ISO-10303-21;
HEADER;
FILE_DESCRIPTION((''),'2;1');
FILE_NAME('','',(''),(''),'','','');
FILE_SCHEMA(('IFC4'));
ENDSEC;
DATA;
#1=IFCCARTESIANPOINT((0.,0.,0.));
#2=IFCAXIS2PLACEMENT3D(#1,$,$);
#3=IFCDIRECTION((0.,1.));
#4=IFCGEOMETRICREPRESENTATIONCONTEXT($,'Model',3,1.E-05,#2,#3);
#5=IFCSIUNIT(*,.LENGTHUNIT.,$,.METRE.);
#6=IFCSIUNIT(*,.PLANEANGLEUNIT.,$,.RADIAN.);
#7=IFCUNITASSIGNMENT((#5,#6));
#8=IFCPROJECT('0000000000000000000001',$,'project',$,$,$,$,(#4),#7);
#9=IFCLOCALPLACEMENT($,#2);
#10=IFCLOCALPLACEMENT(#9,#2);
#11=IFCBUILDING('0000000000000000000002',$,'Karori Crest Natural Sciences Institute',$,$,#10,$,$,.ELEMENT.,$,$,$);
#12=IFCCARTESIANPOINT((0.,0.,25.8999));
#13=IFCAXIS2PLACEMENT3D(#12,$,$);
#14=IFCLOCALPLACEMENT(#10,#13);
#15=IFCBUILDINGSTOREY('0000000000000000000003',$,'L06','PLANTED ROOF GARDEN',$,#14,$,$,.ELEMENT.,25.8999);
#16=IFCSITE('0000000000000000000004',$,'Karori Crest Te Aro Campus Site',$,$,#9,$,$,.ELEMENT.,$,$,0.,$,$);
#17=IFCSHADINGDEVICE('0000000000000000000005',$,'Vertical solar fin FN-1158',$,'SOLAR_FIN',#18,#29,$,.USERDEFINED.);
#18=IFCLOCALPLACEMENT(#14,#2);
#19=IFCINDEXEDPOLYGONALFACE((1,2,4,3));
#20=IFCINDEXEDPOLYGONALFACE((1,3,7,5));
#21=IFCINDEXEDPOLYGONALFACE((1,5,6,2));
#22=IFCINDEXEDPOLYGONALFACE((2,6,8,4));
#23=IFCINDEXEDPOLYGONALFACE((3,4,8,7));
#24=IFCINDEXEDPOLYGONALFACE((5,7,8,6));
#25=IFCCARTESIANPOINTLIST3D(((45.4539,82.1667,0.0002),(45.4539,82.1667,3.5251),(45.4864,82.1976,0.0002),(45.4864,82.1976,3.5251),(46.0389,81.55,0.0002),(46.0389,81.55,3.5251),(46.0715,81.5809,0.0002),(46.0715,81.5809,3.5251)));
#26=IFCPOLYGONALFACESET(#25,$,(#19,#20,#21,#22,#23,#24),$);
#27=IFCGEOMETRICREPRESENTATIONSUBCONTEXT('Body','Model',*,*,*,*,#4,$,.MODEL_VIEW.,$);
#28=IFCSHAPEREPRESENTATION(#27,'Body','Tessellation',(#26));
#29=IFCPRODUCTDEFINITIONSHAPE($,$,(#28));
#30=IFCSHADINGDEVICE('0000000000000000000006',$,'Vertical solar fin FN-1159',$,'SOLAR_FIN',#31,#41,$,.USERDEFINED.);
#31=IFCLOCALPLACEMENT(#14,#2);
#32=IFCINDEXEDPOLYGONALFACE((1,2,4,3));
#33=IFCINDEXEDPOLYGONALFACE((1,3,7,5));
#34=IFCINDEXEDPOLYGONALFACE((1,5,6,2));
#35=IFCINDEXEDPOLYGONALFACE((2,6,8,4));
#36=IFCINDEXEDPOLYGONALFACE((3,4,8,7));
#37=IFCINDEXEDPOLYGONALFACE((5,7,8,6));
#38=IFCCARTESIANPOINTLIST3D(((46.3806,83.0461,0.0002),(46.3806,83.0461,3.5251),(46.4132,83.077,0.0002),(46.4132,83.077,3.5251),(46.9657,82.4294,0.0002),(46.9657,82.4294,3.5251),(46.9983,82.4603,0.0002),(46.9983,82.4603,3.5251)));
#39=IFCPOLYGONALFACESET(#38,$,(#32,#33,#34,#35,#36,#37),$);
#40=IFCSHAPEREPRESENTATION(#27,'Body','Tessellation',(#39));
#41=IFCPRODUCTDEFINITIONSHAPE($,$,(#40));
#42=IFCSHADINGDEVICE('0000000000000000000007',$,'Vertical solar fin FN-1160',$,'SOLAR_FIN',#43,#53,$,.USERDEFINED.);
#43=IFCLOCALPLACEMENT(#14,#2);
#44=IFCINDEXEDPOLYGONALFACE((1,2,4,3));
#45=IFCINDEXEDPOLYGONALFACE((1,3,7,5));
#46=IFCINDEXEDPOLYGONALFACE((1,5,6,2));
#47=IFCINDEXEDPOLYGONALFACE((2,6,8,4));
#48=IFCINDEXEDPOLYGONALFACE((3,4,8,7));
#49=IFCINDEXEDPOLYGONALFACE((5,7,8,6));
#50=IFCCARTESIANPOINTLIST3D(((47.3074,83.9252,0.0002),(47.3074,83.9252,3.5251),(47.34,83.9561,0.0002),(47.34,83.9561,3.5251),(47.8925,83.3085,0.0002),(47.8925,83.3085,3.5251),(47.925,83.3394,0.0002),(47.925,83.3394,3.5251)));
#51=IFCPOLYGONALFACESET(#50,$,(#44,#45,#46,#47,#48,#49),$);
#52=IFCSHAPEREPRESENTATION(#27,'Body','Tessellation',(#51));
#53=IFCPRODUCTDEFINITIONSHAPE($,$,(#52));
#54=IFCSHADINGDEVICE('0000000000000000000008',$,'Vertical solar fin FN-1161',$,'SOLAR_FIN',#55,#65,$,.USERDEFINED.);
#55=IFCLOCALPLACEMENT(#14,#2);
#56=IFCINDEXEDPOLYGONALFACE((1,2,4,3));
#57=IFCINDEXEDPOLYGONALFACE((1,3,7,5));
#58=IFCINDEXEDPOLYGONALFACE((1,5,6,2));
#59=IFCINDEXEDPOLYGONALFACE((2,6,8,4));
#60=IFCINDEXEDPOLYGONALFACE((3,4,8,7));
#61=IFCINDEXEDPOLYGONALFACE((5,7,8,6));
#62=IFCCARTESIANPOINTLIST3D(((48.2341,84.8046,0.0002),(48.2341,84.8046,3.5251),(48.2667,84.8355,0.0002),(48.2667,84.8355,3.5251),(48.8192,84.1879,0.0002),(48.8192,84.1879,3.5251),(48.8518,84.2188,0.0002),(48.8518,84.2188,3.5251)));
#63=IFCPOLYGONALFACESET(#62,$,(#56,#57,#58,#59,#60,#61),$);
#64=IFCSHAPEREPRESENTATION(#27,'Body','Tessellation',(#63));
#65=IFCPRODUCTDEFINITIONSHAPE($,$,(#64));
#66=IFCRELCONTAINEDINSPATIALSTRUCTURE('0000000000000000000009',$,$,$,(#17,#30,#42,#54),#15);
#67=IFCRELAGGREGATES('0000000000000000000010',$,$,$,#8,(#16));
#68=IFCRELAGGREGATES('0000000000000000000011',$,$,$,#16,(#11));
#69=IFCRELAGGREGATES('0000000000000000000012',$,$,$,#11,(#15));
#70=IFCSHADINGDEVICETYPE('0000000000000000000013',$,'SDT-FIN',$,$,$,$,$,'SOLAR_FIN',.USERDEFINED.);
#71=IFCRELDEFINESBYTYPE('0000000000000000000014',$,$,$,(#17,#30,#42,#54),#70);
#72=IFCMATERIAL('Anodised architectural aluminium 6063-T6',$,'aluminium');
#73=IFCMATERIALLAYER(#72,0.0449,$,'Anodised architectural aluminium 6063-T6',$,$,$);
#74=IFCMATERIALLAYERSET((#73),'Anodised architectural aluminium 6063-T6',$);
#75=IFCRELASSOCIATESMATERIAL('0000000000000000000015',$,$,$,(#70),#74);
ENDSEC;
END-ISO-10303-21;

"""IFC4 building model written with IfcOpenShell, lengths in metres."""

from ifc_helpers import new_model, si_unit, direction, frame, origin, origin_2d, place, context, subcontext, project, spatial, rectangle, extrude, material, layer, layer_set, type_object, element, save


model = new_model("IFC4")

# Units and contexts
model_context = context("Model", 3, precision=1e-05, world=origin(), true_north=direction((0.0, 1.0)))
body_context = subcontext(model_context, "Body", "Model", "MODEL_VIEW")
ifc_project = project(units=[si_unit("LENGTHUNIT", "METRE"), si_unit("PLANEANGLEUNIT", "RADIAN")], contexts=[model_context])

# Site, building, storey
site_placement = place(None, origin())
site = spatial("IfcSite", under=ifc_project, at=site_placement, Name="Karori Crest Te Aro Campus Site", CompositionType="ELEMENT", RefElevation=0.0)
building_placement = place(site_placement, origin())
building = spatial("IfcBuilding", under=site, at=building_placement, Name="Karori Crest Natural Sciences Institute", CompositionType="ELEMENT")
storey_placement = place(building_placement, frame((0.0, 0.0, 25.8999)))
storey = spatial("IfcBuildingStorey", under=building, at=storey_placement, Name="L06", Description="PLANTED ROOF GARDEN", CompositionType="ELEMENT", Elevation=25.8999)

# Shared definitions
ifc_material_1 = material(Name="Anodised architectural aluminium 6063-T6", Category="aluminium")

# Shading devices
ifc_layer_1 = layer(ifc_material_1, 0.0449, Name="Anodised architectural aluminium 6063-T6")
ifc_layer_set_1 = layer_set([ifc_layer_1], Name="Anodised architectural aluminium 6063-T6")
shading_device_type = type_object("IfcShadingDeviceType", Name="SDT-FIN", ElementType="SOLAR_FIN", PredefinedType="USERDEFINED", material=ifc_layer_set_1)
for number, where, z_axis, x_axis, name in (
    (1, (45.7627, 81.8738, 0.0002), (0.0, 0.0, 1.0), (-0.688251, 0.725473, 0.0), "Vertical solar fin FN-1158"),
    (2, (46.6895, 82.7532, 0.0002), (0.0, 0.0, 1.0), (-0.688251, 0.725473, 0.0), "Vertical solar fin FN-1159"),
    (3, (47.6162, 83.6323, 0.0002), (0.0, 0.0, 1.0), (-0.688251, 0.725473, 0.0), "Vertical solar fin FN-1160"),
    (4, (48.543, 84.5117, 0.0002), (0.0, 0.0, 1.0), (-0.688251, 0.725473, 0.0), "Vertical solar fin FN-1161"),
):
    element("IfcShadingDevice", number, at=place(storey_placement, frame(where, z_axis=z_axis, x_axis=x_axis)), inside=storey, type_object=shading_device_type, Name=name, ObjectType="SOLAR_FIN", PredefinedType="USERDEFINED", context=body_context, shape_type="SweptSolid", body=[
        extrude(rectangle(XDim=0.8501, YDim=0.0449, at=origin_2d()), origin(), (0.0, 0.0, 1.0), 3.5249),
    ])

save(model, "model.ifc")
